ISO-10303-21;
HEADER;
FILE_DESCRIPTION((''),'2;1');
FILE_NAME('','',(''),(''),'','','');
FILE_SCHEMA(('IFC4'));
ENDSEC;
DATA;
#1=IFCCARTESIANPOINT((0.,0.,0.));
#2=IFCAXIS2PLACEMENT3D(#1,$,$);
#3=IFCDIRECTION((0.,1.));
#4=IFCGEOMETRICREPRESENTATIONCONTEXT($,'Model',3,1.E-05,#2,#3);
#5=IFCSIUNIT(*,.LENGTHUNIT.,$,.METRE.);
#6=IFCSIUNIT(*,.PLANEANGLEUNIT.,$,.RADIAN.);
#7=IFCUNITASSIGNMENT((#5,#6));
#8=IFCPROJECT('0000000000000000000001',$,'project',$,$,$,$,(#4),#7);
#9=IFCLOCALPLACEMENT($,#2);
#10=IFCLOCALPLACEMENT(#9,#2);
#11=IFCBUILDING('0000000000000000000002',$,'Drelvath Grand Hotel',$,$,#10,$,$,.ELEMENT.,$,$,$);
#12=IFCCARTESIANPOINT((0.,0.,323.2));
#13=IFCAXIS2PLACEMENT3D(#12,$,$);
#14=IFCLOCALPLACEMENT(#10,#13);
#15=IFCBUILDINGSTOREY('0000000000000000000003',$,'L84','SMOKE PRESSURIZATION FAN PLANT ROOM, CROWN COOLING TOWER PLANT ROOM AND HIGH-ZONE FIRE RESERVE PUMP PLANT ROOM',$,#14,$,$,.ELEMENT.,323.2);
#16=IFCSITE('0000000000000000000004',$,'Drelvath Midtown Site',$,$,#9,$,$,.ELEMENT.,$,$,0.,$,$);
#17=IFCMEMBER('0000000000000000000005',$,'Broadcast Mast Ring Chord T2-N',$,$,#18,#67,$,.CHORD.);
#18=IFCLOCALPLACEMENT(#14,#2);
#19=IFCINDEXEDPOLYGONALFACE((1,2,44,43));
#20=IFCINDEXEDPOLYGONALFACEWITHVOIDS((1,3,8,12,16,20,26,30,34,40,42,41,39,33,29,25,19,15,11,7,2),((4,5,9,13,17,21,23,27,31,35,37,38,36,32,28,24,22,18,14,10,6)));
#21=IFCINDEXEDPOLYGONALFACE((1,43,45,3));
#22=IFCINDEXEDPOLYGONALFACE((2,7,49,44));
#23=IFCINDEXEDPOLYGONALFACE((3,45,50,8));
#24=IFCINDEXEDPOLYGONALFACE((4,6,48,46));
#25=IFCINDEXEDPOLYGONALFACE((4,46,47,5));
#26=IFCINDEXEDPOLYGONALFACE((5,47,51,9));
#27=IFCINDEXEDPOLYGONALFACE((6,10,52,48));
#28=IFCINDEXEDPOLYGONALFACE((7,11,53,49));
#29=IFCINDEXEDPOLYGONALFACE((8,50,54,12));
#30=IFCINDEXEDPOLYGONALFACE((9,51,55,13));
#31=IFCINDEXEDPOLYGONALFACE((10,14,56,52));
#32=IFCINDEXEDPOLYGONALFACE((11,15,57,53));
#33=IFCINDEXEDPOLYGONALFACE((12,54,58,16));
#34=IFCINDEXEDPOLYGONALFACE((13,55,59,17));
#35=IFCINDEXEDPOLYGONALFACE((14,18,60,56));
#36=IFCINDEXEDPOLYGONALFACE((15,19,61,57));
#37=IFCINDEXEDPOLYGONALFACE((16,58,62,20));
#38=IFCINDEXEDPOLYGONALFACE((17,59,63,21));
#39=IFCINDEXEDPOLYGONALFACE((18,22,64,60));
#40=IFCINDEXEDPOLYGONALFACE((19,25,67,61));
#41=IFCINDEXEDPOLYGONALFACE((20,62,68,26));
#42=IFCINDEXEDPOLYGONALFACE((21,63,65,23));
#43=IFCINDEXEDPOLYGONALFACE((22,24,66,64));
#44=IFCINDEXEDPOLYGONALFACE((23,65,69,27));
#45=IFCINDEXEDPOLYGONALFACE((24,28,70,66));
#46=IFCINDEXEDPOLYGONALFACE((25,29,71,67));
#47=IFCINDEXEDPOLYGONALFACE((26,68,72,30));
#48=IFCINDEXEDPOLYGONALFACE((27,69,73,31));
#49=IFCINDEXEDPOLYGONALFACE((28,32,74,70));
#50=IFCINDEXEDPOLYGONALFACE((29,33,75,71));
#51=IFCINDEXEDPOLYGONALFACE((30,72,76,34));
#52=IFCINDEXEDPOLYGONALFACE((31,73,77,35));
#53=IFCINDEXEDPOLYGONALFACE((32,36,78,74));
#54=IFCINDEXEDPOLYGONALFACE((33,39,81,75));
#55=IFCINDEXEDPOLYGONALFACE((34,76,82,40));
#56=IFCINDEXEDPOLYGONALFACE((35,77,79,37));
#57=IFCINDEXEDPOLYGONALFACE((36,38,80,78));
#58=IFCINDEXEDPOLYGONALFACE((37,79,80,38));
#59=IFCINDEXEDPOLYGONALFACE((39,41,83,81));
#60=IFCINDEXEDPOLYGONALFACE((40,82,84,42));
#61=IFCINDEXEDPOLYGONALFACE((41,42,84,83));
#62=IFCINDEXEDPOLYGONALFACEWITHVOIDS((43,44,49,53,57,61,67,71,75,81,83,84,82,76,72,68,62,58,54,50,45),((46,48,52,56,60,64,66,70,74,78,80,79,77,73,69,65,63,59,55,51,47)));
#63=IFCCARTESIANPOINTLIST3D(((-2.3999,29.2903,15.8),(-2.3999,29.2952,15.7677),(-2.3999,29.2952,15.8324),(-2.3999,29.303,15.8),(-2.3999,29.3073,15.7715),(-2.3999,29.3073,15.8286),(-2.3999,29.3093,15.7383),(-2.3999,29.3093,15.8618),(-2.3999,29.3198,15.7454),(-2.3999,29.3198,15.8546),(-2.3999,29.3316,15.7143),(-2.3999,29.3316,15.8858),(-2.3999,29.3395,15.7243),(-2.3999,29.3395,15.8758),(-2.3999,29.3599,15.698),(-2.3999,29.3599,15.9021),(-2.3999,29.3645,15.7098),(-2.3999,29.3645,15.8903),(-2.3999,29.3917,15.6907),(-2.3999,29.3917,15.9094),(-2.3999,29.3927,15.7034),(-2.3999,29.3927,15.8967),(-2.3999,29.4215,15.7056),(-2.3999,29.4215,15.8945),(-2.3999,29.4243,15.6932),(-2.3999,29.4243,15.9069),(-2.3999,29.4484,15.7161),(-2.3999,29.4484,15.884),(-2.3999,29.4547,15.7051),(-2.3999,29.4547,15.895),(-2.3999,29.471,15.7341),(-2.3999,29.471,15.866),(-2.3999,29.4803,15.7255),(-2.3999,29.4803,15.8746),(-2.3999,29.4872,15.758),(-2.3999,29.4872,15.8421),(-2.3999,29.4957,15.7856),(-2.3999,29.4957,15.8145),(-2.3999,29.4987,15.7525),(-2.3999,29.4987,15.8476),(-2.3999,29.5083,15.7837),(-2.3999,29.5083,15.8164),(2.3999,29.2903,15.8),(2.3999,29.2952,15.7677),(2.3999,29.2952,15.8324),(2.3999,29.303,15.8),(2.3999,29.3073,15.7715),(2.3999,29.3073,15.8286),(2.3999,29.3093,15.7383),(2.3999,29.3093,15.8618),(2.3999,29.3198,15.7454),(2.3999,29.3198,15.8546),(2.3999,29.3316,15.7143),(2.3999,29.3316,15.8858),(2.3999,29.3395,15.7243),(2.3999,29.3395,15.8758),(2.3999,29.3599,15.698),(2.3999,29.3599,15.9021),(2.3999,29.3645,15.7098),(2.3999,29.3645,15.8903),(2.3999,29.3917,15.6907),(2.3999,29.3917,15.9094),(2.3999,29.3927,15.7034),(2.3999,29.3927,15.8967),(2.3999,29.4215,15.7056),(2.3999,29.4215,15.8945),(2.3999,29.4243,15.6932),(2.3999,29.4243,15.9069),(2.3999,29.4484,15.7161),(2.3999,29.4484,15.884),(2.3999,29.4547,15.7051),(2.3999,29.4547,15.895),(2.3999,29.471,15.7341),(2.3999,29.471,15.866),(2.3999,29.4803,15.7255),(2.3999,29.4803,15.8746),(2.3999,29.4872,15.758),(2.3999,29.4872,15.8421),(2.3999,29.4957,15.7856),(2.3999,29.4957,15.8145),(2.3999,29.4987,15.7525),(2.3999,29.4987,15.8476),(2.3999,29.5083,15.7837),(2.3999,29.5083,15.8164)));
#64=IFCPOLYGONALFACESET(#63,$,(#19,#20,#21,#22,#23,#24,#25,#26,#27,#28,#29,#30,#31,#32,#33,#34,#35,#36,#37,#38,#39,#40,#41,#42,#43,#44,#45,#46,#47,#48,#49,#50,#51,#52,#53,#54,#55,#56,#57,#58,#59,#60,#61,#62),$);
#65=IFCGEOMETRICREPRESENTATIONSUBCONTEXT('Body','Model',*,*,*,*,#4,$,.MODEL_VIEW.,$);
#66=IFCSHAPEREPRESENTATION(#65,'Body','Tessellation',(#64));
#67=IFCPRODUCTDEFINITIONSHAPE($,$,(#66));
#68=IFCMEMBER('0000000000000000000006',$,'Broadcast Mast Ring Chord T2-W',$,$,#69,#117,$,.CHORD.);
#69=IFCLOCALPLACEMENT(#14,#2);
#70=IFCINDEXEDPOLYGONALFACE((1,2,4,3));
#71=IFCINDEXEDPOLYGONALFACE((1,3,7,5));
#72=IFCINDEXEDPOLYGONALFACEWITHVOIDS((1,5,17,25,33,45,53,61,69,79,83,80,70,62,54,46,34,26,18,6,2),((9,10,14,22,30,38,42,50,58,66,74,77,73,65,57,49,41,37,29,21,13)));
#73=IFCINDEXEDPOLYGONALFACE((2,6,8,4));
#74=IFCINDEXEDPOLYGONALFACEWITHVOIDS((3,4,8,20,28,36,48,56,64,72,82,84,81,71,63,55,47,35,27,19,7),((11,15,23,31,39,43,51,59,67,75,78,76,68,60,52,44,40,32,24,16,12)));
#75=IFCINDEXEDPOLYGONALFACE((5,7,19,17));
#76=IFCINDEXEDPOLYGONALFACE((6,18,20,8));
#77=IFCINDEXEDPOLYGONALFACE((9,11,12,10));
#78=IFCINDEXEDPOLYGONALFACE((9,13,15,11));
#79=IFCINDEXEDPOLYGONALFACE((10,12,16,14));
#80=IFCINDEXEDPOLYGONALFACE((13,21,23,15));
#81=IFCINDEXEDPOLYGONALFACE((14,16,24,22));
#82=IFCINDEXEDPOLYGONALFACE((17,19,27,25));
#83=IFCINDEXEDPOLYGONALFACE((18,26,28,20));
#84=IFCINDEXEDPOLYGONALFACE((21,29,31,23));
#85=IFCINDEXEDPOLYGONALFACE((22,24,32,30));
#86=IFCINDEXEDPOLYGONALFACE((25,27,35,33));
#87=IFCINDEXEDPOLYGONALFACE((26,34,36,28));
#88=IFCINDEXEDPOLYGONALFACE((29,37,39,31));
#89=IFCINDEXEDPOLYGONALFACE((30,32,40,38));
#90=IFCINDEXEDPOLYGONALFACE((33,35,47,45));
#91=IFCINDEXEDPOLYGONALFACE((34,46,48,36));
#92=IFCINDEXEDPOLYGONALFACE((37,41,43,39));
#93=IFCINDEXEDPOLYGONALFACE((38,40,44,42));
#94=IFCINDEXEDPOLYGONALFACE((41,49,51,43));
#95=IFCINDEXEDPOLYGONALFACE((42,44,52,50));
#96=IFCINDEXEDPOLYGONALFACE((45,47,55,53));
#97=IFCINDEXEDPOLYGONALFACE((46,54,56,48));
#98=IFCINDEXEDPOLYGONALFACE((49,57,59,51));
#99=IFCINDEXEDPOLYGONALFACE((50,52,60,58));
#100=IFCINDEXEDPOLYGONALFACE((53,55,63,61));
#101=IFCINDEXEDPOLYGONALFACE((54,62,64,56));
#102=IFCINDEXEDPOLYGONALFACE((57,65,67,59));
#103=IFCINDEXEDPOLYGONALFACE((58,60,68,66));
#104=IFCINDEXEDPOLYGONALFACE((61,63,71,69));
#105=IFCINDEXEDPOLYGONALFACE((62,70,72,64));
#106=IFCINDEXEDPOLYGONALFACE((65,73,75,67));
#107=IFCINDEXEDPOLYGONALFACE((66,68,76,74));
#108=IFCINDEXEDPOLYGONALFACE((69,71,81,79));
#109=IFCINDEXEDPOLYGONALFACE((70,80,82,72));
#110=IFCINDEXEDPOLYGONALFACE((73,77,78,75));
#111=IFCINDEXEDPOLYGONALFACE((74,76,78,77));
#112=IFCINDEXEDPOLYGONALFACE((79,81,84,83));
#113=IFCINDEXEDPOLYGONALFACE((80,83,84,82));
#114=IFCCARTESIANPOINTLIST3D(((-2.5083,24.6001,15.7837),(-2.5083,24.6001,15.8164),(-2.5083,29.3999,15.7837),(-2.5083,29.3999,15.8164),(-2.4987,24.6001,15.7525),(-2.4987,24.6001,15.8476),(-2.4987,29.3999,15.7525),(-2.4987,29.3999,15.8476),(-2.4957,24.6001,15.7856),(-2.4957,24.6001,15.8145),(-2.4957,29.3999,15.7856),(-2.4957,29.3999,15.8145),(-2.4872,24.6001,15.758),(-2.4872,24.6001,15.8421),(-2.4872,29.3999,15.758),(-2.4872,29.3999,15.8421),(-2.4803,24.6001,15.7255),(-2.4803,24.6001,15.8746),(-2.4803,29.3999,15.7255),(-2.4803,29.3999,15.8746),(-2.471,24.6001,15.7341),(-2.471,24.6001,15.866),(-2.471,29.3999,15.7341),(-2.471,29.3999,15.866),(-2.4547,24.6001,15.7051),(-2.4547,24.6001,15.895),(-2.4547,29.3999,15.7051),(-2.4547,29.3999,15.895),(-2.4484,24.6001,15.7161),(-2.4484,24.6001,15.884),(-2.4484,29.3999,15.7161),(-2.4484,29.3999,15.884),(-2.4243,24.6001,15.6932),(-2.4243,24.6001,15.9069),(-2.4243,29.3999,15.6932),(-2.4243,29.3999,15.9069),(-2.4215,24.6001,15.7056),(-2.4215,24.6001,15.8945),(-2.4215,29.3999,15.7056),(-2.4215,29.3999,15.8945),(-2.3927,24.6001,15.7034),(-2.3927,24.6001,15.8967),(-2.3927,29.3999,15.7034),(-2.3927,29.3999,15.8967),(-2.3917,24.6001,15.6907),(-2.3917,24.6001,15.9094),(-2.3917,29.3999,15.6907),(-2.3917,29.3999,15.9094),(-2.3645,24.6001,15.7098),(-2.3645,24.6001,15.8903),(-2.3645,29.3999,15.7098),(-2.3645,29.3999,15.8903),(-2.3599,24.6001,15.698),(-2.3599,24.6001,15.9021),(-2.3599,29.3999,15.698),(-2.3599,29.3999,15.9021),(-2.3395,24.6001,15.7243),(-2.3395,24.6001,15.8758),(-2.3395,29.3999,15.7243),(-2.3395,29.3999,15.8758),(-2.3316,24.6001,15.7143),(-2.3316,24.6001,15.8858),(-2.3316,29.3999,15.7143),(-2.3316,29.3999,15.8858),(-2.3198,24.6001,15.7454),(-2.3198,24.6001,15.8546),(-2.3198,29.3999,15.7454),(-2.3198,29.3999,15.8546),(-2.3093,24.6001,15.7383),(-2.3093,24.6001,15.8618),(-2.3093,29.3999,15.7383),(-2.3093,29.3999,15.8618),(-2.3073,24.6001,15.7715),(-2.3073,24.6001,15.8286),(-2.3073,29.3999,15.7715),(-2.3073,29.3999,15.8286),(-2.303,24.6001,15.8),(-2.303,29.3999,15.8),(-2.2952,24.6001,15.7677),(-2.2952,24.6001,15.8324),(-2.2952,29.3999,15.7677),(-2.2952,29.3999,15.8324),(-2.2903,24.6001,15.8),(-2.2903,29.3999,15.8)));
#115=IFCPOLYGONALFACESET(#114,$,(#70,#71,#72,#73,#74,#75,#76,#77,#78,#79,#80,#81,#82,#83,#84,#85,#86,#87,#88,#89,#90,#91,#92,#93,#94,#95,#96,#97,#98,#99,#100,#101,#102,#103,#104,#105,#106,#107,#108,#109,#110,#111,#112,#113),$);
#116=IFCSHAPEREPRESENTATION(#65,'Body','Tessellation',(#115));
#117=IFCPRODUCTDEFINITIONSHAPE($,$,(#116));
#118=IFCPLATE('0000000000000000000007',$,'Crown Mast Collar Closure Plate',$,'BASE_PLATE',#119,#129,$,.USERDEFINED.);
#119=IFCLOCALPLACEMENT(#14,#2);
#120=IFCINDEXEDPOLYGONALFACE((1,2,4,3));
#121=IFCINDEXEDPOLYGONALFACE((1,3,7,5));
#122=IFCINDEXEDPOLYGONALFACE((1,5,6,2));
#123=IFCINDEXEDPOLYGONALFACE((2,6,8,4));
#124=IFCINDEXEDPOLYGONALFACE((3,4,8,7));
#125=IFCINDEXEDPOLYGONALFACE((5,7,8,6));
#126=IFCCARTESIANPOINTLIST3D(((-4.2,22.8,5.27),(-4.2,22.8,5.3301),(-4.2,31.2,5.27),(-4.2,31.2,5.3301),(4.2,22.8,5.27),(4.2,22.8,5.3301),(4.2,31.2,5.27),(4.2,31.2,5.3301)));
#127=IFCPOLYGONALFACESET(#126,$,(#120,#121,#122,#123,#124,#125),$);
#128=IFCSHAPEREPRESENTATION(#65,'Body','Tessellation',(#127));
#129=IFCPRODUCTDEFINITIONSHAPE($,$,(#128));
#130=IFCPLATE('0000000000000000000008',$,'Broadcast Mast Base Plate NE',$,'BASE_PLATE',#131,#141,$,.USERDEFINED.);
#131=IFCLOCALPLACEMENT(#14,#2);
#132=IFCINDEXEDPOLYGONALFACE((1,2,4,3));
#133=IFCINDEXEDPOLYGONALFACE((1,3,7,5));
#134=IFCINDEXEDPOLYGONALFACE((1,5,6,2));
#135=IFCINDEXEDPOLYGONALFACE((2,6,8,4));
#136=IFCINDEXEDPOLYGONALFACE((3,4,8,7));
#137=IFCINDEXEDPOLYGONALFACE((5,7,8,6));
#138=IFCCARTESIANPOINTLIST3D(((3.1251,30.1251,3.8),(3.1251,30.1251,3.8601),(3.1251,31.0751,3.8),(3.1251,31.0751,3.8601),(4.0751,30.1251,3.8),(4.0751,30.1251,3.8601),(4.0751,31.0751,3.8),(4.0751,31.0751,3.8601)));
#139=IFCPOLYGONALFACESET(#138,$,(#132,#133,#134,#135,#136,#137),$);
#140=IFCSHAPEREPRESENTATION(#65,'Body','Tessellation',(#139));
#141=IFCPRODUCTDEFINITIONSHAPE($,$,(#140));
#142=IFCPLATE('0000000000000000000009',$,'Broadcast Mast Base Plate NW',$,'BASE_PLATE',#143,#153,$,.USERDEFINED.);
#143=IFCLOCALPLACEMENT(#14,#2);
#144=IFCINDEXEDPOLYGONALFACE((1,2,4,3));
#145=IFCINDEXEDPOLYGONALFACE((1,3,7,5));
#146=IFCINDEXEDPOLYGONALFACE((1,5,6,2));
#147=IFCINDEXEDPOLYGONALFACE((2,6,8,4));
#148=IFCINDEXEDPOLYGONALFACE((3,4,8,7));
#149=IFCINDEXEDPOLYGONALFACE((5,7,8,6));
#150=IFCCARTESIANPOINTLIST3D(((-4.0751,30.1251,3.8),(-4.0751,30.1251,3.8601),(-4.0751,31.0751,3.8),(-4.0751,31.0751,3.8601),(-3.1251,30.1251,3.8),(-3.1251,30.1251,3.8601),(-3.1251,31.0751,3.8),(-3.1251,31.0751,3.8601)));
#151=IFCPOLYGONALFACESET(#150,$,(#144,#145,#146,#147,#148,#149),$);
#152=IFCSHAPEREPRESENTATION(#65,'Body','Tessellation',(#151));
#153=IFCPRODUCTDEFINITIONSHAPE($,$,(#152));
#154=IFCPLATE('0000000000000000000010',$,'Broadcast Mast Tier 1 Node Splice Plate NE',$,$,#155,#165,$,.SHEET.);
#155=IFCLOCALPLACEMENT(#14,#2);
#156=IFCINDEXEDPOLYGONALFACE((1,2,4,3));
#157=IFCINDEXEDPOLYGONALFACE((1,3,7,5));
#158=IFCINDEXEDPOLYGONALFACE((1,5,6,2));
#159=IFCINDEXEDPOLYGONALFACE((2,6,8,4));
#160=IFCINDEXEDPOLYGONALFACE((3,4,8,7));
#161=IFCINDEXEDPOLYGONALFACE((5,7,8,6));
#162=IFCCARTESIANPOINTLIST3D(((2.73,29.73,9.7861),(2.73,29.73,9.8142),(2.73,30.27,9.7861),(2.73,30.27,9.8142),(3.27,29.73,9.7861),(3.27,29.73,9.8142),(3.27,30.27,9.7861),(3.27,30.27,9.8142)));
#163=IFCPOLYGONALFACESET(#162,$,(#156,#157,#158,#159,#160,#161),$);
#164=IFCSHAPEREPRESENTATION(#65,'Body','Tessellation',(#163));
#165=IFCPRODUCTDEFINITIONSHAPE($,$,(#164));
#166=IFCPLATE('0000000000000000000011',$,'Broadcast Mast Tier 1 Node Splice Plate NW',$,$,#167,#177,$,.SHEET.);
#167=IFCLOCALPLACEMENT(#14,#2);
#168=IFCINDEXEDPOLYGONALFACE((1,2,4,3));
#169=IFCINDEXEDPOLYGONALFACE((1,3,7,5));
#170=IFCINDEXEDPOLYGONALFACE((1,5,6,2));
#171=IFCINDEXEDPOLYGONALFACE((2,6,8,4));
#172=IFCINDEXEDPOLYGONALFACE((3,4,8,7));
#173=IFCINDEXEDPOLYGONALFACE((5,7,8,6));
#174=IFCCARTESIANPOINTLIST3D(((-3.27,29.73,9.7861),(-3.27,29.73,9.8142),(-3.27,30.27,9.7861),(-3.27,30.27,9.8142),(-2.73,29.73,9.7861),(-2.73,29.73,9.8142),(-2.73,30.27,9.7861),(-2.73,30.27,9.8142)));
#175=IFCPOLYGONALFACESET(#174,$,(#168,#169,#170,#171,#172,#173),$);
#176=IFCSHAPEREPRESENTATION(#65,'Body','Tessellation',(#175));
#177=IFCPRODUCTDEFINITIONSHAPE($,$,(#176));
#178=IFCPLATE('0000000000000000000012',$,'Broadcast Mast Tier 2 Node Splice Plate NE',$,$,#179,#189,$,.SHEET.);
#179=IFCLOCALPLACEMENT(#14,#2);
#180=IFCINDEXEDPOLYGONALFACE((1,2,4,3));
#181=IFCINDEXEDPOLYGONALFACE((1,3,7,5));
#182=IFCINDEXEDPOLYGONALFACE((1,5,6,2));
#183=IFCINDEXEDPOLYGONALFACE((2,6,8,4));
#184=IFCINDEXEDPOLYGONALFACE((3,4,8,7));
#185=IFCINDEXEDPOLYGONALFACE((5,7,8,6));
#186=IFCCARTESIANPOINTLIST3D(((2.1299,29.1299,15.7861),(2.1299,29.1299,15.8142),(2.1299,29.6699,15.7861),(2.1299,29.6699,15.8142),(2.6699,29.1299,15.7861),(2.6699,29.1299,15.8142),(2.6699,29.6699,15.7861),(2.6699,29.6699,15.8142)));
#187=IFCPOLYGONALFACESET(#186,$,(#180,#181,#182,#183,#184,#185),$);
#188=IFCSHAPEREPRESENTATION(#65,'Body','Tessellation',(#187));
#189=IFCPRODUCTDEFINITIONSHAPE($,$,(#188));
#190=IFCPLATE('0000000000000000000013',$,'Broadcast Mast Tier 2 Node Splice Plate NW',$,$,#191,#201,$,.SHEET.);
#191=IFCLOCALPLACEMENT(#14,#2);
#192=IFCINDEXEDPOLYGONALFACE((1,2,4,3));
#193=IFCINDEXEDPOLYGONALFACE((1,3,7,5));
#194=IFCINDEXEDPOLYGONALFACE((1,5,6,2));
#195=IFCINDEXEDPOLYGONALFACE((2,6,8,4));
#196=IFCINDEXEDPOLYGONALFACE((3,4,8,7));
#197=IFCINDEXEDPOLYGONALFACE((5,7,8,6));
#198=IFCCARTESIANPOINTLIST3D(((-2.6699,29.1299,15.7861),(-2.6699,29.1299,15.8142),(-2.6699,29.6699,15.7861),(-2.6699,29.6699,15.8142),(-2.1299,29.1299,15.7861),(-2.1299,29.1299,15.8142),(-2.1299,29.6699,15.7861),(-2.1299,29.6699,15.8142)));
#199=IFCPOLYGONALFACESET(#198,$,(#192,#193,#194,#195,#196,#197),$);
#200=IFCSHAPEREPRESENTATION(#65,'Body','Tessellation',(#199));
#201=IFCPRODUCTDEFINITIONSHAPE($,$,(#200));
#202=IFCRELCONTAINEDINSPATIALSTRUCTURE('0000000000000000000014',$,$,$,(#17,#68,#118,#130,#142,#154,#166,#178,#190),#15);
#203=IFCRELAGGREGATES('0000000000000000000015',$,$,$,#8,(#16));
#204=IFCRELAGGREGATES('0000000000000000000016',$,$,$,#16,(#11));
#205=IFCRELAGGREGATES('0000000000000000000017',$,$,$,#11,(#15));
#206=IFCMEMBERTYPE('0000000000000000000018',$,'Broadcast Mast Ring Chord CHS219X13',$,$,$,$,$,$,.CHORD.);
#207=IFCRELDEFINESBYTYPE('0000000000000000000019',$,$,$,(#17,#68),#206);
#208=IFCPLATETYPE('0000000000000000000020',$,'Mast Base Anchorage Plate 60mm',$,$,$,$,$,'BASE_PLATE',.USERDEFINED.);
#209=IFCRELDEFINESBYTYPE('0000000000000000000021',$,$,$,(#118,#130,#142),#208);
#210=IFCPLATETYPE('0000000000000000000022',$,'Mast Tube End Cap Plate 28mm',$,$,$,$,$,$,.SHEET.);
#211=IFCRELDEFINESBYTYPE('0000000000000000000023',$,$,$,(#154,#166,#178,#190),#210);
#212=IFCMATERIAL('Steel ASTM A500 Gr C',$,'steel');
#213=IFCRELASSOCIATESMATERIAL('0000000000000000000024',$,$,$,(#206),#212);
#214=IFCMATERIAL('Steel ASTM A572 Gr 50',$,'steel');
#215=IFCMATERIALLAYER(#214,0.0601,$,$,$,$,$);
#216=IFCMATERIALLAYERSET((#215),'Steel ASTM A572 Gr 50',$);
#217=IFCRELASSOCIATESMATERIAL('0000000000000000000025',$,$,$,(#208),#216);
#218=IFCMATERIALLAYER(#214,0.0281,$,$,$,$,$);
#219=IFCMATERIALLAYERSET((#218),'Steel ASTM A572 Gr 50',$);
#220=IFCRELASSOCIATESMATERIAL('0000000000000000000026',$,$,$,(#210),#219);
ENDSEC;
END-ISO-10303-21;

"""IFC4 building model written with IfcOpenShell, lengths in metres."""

from ifc_helpers import new_model, si_unit, direction, frame, origin, origin_2d, place, context, subcontext, project, spatial, rectangle, hollow_circle, extrude, material, layer, layer_set, material_profile, profile_set, type_object, element, save


model = new_model("IFC4")

# Units and contexts
model_context = context("Model", 3, precision=1e-05, world=origin(), true_north=direction((0.0, 1.0)))
body_context = subcontext(model_context, "Body", "Model", "MODEL_VIEW")
ifc_project = project(units=[si_unit("LENGTHUNIT", "METRE"), si_unit("PLANEANGLEUNIT", "RADIAN")], contexts=[model_context])

# Site, building, storey
site_placement = place(None, origin())
site = spatial("IfcSite", under=ifc_project, at=site_placement, Name="Drelvath Midtown Site", CompositionType="ELEMENT", RefElevation=0.0)
building_placement = place(site_placement, origin())
building = spatial("IfcBuilding", under=site, at=building_placement, Name="Drelvath Grand Hotel", CompositionType="ELEMENT")
storey_placement = place(building_placement, frame((0.0, 0.0, 323.2)))
storey = spatial("IfcBuildingStorey", under=building, at=storey_placement, Name="L84", Description="SMOKE PRESSURIZATION FAN PLANT ROOM, CROWN COOLING TOWER PLANT ROOM AND HIGH-ZONE FIRE RESERVE PUMP PLANT ROOM", CompositionType="ELEMENT", Elevation=323.2)

# Members
ifc_material_1 = material(Name="Steel ASTM A500 Gr C", Category="steel")
ifc_material_profile_1 = material_profile(ifc_material_1, hollow_circle(Radius=0.1096, WallThickness=0.0127, at=origin_2d()), Name="CHS219X13")
ifc_profile_set_1 = profile_set([ifc_material_profile_1], Name="Steel ASTM A500 Gr C")
member_type_1 = type_object("IfcMemberType", Name="Broadcast Mast Ring Chord CHS219X13", PredefinedType="CHORD", material=ifc_profile_set_1)
for number, where, z_axis, x_axis, name in (
    (1, (2.3999, 29.3999, 15.8), (-1.0, 0.0, 0.0), (0.0, -1.0, 0.0), "Broadcast Mast Ring Chord T2-N"),
    (2, (-2.3999, 29.3999, 15.8), (0.0, -1.0, 0.0), (1.0, 0.0, 0.0), "Broadcast Mast Ring Chord T2-W"),
):
    element("IfcMember", number, at=place(storey_placement, frame(where, z_axis=z_axis, x_axis=x_axis)), inside=storey, type_object=member_type_1, Name=name, PredefinedType="CHORD", context=body_context, shape_type="SweptSolid", body=[
        extrude(hollow_circle(Radius=0.1096, WallThickness=0.0127, at=origin_2d()), origin(), (0.0, 0.0, 1.0), 4.7998),
    ])

# Plates
ifc_material_2 = material(Name="Steel ASTM A572 Gr 50", Category="steel")
ifc_layer_1 = layer(ifc_material_2, 0.0601)
ifc_layer_set_1 = layer_set([ifc_layer_1], Name="Steel ASTM A572 Gr 50")
plate_type_1 = type_object("IfcPlateType", Name="Mast Base Anchorage Plate 60mm", ElementType="BASE_PLATE", PredefinedType="USERDEFINED", material=ifc_layer_set_1)
plate_placement = place(storey_placement, frame((0.0, 27.0, 5.27), z_axis=(0.0, 0.0, 1.0), x_axis=(1.0, 0.0, 0.0)))
element("IfcPlate", 3, at=plate_placement, inside=storey, type_object=plate_type_1, Name="Crown Mast Collar Closure Plate", ObjectType="BASE_PLATE", PredefinedType="USERDEFINED", context=body_context, shape_type="SweptSolid", body=[
    extrude(rectangle(XDim=8.3999, YDim=8.3999, at=origin_2d()), origin(), (0.0, 0.0, 1.0), 0.0601),
])
for number, where, z_axis, x_axis, name in (
    (4, (3.6001, 30.6001, 3.8), (0.0, 0.0, 1.0), (1.0, 0.0, 0.0), "Broadcast Mast Base Plate NE"),
    (5, (-3.6001, 30.6001, 3.8), (0.0, 0.0, 1.0), (1.0, 0.0, 0.0), "Broadcast Mast Base Plate NW"),
):
    element("IfcPlate", number, at=place(storey_placement, frame(where, z_axis=z_axis, x_axis=x_axis)), inside=storey, type_object=plate_type_1, Name=name, ObjectType="BASE_PLATE", PredefinedType="USERDEFINED", context=body_context, shape_type="SweptSolid", body=[
        extrude(rectangle(XDim=0.95, YDim=0.95, at=origin_2d()), origin(), (0.0, 0.0, 1.0), 0.0601),
    ])
ifc_layer_2 = layer(ifc_material_2, 0.0281)
ifc_layer_set_2 = layer_set([ifc_layer_2], Name="Steel ASTM A572 Gr 50")
plate_type_2 = type_object("IfcPlateType", Name="Mast Tube End Cap Plate 28mm", PredefinedType="SHEET", material=ifc_layer_set_2)
for number, where, z_axis, x_axis, name in (
    (6, (3.0, 30.0, 9.7861), (0.0, 0.0, 1.0), (1.0, 0.0, 0.0), "Broadcast Mast Tier 1 Node Splice Plate NE"),
    (7, (-3.0, 30.0, 9.7861), (0.0, 0.0, 1.0), (1.0, 0.0, 0.0), "Broadcast Mast Tier 1 Node Splice Plate NW"),
    (8, (2.3999, 29.3999, 15.7861), (0.0, 0.0, 1.0), (1.0, 0.0, 0.0), "Broadcast Mast Tier 2 Node Splice Plate NE"),
    (9, (-2.3999, 29.3999, 15.7861), (0.0, 0.0, 1.0), (1.0, 0.0, 0.0), "Broadcast Mast Tier 2 Node Splice Plate NW"),
):
    element("IfcPlate", number, at=place(storey_placement, frame(where, z_axis=z_axis, x_axis=x_axis)), inside=storey, type_object=plate_type_2, Name=name, PredefinedType="SHEET", context=body_context, shape_type="SweptSolid", body=[
        extrude(rectangle(XDim=0.54, YDim=0.54, at=origin_2d()), origin(), (0.0, 0.0, 1.0), 0.0281),
    ])

save(model, "model.ifc")
